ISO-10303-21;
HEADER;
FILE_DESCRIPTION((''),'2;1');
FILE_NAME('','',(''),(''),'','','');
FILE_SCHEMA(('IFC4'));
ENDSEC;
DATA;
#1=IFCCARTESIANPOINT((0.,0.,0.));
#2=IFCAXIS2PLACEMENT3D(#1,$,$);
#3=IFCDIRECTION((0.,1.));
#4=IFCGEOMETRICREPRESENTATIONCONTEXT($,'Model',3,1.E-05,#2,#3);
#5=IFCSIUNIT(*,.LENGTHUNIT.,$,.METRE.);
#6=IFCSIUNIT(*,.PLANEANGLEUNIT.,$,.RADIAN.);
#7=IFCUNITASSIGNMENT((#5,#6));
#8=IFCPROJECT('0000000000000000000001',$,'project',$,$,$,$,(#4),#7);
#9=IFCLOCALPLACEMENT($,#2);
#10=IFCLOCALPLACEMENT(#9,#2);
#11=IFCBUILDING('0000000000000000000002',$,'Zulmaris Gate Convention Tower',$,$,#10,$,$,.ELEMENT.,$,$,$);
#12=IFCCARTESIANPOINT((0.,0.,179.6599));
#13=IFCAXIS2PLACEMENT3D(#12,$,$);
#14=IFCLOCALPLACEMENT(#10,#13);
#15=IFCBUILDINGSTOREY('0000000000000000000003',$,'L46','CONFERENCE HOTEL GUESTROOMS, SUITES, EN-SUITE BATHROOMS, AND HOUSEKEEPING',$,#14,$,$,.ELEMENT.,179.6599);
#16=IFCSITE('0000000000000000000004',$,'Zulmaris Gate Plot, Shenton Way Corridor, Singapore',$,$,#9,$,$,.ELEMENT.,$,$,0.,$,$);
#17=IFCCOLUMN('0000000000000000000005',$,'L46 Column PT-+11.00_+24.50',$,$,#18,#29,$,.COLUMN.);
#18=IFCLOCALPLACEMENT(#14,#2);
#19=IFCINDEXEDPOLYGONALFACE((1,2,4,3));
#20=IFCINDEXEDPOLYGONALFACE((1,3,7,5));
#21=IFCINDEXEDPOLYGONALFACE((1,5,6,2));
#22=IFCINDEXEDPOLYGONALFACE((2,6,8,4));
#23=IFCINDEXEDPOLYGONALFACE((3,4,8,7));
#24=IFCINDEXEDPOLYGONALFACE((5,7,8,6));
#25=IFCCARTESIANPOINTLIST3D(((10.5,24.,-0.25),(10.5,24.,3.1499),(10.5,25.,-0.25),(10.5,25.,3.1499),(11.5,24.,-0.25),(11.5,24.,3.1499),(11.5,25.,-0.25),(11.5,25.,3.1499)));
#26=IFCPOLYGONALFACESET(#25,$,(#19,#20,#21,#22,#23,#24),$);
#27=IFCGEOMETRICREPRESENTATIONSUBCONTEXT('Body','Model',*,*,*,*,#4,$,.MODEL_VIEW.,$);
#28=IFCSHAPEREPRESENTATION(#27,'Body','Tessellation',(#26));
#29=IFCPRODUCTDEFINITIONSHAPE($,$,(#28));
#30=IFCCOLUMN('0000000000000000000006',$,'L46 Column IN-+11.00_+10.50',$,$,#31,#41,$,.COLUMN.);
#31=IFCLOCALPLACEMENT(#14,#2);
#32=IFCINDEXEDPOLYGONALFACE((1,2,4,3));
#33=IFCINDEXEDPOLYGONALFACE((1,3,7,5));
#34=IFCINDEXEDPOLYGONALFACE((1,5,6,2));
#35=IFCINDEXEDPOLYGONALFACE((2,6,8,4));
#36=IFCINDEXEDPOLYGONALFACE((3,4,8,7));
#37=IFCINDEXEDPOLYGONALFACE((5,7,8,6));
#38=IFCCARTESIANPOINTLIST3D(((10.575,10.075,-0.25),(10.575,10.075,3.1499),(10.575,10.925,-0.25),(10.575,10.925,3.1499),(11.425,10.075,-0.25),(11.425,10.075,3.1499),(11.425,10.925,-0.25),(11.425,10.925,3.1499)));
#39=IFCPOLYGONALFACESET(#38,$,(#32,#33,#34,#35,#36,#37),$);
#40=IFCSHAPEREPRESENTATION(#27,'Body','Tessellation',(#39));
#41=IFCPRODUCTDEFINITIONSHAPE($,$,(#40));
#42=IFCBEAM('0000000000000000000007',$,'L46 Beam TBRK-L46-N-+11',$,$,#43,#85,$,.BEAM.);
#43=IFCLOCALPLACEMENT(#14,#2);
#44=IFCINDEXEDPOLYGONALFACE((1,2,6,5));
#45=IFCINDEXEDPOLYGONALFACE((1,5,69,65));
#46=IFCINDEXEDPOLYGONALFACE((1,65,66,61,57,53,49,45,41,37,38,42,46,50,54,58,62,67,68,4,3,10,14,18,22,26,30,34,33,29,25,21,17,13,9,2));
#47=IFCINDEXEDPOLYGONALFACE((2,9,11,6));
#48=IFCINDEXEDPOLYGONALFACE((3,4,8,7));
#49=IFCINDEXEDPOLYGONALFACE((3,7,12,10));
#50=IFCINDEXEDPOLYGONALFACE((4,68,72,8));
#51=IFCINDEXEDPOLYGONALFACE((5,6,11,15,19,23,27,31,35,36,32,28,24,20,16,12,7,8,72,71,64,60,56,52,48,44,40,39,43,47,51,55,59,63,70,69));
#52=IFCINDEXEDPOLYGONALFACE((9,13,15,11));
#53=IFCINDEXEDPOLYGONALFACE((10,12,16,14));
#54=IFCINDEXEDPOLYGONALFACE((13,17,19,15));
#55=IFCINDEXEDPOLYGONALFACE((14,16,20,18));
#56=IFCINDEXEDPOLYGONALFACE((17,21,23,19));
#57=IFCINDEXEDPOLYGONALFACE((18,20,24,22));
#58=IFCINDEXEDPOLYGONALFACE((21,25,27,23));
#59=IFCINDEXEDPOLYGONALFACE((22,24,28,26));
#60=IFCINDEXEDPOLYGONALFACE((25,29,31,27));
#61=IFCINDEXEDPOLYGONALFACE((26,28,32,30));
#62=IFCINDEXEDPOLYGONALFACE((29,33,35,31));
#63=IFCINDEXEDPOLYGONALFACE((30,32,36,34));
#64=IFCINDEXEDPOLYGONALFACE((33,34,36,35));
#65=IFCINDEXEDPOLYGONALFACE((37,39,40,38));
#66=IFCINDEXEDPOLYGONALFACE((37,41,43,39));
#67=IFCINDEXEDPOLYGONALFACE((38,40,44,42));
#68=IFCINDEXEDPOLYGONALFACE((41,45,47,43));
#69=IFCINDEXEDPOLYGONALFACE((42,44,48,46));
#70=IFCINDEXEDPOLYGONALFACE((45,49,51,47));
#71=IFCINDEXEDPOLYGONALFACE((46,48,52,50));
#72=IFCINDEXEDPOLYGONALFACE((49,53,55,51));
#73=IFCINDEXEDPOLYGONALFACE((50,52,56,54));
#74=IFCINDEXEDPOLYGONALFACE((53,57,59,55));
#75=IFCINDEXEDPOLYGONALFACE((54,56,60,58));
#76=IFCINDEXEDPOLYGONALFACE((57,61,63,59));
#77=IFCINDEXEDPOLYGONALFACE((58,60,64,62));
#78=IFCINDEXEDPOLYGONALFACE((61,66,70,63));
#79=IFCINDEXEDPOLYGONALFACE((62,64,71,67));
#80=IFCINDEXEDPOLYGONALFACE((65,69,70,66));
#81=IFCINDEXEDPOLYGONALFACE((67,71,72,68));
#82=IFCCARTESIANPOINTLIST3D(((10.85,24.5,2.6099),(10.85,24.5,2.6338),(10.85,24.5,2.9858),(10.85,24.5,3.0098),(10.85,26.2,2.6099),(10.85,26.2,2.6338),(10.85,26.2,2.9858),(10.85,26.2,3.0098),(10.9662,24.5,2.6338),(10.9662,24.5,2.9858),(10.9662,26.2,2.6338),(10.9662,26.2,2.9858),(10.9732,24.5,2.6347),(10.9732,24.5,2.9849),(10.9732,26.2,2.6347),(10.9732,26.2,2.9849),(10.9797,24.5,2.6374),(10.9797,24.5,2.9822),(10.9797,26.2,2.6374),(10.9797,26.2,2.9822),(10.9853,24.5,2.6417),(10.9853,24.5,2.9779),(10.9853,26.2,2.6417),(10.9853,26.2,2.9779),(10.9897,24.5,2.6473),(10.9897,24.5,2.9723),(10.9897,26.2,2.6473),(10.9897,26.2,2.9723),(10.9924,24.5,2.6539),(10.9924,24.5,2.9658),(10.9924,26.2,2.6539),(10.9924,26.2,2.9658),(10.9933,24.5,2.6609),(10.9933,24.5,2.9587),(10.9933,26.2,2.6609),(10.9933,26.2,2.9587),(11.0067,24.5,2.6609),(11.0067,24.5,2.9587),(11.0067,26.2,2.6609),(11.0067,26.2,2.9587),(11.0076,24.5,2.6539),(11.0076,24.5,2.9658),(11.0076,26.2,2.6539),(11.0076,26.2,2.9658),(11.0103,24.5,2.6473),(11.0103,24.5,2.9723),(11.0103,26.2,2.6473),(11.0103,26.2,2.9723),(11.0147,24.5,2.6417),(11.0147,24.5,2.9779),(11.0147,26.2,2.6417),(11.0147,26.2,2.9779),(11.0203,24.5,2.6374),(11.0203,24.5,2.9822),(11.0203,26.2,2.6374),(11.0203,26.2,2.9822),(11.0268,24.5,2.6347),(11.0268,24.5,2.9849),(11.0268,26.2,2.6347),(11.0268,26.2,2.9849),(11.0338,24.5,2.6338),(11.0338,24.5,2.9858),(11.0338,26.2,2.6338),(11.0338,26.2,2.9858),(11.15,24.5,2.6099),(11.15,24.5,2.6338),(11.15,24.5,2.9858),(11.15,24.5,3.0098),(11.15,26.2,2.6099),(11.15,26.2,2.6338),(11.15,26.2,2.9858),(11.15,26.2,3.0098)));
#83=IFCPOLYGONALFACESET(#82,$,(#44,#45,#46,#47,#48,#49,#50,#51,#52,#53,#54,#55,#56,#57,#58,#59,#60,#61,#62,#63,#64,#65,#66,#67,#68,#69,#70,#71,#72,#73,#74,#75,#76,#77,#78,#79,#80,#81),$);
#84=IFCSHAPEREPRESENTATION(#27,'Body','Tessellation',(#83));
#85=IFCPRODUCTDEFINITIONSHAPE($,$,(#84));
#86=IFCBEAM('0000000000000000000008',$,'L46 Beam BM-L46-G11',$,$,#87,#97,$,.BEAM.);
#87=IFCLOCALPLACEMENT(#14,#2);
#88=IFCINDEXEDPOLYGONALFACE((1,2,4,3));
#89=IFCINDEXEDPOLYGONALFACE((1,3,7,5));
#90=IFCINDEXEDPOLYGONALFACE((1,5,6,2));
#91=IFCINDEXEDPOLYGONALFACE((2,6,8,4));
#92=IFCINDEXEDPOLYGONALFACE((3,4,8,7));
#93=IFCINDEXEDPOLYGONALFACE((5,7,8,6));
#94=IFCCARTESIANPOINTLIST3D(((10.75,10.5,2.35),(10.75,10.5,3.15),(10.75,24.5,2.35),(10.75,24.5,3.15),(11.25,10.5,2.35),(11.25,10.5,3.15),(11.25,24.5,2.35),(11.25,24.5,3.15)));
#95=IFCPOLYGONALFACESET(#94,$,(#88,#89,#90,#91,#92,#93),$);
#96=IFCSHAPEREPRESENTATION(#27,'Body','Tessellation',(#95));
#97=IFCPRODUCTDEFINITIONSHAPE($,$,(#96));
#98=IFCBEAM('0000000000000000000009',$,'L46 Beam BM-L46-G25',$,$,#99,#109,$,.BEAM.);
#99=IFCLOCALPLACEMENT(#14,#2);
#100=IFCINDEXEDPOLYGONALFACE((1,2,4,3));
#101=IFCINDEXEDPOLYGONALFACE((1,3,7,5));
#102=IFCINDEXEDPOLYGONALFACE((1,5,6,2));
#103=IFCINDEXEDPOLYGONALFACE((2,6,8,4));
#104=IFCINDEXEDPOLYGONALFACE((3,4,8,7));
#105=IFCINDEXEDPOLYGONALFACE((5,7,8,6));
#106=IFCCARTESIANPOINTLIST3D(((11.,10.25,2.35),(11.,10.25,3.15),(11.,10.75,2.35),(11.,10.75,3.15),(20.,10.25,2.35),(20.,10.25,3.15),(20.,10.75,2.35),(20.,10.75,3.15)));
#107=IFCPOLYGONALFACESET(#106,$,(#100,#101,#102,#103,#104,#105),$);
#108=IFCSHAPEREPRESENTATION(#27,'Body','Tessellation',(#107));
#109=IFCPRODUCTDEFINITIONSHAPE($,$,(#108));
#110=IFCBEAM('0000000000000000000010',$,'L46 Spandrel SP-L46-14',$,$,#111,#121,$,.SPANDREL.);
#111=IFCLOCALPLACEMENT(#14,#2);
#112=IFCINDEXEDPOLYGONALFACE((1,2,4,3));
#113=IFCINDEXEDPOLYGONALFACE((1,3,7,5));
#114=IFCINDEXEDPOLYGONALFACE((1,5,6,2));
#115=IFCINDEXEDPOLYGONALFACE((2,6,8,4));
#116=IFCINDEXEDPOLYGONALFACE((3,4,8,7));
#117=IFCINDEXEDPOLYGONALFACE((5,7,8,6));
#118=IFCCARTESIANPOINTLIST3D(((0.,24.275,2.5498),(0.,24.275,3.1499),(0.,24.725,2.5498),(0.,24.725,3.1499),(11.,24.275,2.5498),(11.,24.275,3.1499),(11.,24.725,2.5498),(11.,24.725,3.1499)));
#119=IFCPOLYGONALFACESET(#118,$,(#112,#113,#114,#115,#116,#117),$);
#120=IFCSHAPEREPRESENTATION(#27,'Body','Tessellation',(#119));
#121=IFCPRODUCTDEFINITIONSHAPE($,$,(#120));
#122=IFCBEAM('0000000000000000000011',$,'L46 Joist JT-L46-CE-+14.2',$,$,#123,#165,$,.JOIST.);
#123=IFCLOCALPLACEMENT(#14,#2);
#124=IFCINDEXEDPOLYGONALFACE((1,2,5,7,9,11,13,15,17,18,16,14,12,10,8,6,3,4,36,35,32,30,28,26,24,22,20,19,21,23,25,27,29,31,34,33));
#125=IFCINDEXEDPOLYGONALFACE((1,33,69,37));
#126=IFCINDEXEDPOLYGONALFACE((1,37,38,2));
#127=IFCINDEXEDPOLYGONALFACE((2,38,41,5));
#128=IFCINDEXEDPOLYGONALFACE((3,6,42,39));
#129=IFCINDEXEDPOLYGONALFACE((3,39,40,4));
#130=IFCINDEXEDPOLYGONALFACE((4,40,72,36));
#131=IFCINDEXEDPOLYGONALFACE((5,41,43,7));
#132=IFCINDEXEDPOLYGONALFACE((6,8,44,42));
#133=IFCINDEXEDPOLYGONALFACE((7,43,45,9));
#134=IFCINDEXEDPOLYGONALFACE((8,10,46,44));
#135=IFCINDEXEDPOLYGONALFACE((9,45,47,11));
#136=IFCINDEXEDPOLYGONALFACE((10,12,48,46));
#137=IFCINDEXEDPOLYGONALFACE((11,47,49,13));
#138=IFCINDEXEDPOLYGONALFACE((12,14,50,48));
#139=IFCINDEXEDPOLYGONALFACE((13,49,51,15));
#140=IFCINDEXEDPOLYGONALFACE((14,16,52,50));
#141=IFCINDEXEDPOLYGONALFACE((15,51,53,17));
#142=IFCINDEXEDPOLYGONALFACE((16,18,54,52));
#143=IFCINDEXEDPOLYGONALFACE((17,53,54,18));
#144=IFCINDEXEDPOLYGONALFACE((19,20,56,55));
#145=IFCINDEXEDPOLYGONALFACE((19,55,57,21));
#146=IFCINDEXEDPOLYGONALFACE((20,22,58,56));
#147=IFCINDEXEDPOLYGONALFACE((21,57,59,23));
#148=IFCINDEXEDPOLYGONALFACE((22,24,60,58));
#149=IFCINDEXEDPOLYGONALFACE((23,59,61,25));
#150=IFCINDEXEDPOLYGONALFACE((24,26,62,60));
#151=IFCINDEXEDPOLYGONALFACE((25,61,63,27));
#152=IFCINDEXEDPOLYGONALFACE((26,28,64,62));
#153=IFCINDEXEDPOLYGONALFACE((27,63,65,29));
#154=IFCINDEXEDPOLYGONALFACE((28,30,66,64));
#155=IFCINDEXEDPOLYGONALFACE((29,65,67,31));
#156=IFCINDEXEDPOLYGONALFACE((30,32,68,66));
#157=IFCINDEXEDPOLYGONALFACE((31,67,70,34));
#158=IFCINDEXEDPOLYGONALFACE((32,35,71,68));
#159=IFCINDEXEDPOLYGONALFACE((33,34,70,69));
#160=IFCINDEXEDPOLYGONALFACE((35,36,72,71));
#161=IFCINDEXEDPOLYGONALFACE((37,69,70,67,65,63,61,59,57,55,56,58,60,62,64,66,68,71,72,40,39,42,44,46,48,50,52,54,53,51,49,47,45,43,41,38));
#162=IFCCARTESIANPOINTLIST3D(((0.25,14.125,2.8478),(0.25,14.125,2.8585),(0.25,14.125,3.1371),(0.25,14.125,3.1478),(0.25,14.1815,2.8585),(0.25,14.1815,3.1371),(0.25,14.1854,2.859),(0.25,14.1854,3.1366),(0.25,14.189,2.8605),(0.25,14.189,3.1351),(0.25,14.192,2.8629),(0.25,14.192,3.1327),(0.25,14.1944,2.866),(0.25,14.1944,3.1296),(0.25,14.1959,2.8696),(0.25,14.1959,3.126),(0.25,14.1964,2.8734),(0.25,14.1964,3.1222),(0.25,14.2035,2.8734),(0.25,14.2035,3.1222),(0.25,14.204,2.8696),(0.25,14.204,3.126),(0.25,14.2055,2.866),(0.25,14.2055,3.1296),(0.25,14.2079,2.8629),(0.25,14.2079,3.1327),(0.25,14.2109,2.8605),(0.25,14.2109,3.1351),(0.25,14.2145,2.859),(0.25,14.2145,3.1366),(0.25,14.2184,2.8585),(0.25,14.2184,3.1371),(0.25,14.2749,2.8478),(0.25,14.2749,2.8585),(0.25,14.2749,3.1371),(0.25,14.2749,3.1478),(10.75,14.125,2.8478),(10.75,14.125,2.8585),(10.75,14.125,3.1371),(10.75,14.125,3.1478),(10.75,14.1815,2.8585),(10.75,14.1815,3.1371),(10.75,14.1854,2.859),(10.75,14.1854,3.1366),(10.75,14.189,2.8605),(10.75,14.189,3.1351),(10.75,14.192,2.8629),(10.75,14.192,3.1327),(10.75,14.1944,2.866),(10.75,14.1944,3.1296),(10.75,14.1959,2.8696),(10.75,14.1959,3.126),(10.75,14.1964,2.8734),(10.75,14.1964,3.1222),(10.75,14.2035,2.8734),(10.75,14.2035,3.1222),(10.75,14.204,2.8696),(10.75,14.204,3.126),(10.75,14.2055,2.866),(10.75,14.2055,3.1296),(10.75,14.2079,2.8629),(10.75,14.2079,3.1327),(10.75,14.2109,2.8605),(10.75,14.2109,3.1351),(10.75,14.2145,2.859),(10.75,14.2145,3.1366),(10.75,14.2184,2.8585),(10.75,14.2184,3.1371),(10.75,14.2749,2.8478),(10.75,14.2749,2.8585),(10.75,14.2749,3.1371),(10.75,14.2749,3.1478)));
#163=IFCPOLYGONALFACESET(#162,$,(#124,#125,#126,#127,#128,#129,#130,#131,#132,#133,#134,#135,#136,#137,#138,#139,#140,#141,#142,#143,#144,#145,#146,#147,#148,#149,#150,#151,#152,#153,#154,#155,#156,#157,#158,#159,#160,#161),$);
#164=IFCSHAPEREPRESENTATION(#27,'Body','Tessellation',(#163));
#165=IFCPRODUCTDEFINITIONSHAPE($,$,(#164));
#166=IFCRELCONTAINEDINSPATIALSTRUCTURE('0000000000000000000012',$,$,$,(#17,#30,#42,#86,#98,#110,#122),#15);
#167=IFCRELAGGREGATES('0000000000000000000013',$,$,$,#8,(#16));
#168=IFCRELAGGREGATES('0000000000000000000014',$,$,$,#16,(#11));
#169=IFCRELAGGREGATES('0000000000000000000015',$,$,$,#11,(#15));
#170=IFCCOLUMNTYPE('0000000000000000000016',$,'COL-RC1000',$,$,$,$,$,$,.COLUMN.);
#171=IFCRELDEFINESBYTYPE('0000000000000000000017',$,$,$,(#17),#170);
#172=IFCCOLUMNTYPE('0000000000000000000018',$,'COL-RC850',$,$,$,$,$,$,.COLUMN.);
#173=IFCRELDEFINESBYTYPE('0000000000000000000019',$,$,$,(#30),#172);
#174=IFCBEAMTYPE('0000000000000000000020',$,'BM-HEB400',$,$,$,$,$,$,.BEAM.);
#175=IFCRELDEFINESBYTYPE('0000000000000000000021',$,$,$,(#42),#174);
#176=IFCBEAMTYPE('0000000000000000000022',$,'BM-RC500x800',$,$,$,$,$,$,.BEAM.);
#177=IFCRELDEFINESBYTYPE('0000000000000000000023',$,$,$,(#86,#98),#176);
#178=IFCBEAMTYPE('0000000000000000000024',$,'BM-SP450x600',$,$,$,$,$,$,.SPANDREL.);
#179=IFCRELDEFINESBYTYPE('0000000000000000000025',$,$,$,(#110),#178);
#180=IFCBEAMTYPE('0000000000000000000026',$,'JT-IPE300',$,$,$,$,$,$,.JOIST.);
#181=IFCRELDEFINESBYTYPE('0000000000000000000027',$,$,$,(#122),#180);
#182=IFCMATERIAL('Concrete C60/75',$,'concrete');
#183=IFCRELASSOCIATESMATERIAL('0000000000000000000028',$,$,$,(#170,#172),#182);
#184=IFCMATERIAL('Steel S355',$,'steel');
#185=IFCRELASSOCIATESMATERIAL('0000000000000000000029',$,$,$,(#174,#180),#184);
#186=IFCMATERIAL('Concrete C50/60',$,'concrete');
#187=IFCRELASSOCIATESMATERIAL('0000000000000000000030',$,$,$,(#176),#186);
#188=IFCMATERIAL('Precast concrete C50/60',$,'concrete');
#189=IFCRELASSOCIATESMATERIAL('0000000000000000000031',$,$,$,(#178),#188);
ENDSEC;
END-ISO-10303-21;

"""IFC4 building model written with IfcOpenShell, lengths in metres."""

from ifc_helpers import new_model, si_unit, direction, frame, origin, origin_2d, place, context, subcontext, project, spatial, rectangle, i_section, extrude, material, material_profile, profile_set, type_object, element, save


model = new_model("IFC4")

# Units and contexts
model_context = context("Model", 3, precision=1e-05, world=origin(), true_north=direction((0.0, 1.0)))
body_context = subcontext(model_context, "Body", "Model", "MODEL_VIEW")
ifc_project = project(units=[si_unit("LENGTHUNIT", "METRE"), si_unit("PLANEANGLEUNIT", "RADIAN")], contexts=[model_context])

# Site, building, storey
site_placement = place(None, origin())
site = spatial("IfcSite", under=ifc_project, at=site_placement, Name="Zulmaris Gate Plot, Shenton Way Corridor, Singapore", CompositionType="ELEMENT", RefElevation=0.0)
building_placement = place(site_placement, origin())
building = spatial("IfcBuilding", under=site, at=building_placement, Name="Zulmaris Gate Convention Tower", CompositionType="ELEMENT")
storey_placement = place(building_placement, frame((0.0, 0.0, 179.6599)))
storey = spatial("IfcBuildingStorey", under=building, at=storey_placement, Name="L46", Description="CONFERENCE HOTEL GUESTROOMS, SUITES, EN-SUITE BATHROOMS, AND HOUSEKEEPING", CompositionType="ELEMENT", Elevation=179.6599)

# Columns
ifc_material_1 = material(Name="Concrete C60/75", Category="concrete")
ifc_material_profile_1 = material_profile(ifc_material_1, rectangle(XDim=1.0, YDim=1.0, at=origin_2d()), Name="RC COL 1000x1000")
ifc_profile_set_1 = profile_set([ifc_material_profile_1], Name="Concrete C60/75")
column_type_1 = type_object("IfcColumnType", Name="COL-RC1000", PredefinedType="COLUMN", material=ifc_profile_set_1)
column_1_placement = place(storey_placement, frame((11.0, 24.5, -0.25), z_axis=(0.0, 0.0, 1.0), x_axis=(1.0, 0.0, 0.0)))
element("IfcColumn", 1, at=column_1_placement, inside=storey, type_object=column_type_1, Name="L46 Column PT-+11.00_+24.50", PredefinedType="COLUMN", context=body_context, shape_type="SweptSolid", body=[
    extrude(rectangle(XDim=1.0, YDim=1.0, at=origin_2d()), origin(), (0.0, 0.0, 1.0), 3.3999),
])
ifc_material_profile_2 = material_profile(ifc_material_1, rectangle(XDim=0.8501, YDim=0.8501, at=origin_2d()), Name="RC COL 850x850")
ifc_profile_set_2 = profile_set([ifc_material_profile_2], Name="Concrete C60/75")
column_type_2 = type_object("IfcColumnType", Name="COL-RC850", PredefinedType="COLUMN", material=ifc_profile_set_2)
column_2_placement = place(storey_placement, frame((11.0, 10.5, -0.25), z_axis=(0.0, 0.0, 1.0), x_axis=(1.0, 0.0, 0.0)))
element("IfcColumn", 2, at=column_2_placement, inside=storey, type_object=column_type_2, Name="L46 Column IN-+11.00_+10.50", PredefinedType="COLUMN", context=body_context, shape_type="SweptSolid", body=[
    extrude(rectangle(XDim=0.8501, YDim=0.8501, at=origin_2d()), origin(), (0.0, 0.0, 1.0), 3.3999),
])

# Beams
ifc_material_2 = material(Name="Steel S355", Category="steel")
ifc_material_profile_3 = material_profile(ifc_material_2, i_section(OverallWidth=0.3, OverallDepth=0.3999, WebThickness=0.0134, FlangeThickness=0.0239, FilletRadius=0.0271, at=origin_2d()), Name="HEB 400")
ifc_profile_set_3 = profile_set([ifc_material_profile_3], Name="Steel S355")
beam_type_1 = type_object("IfcBeamType", Name="BM-HEB400", PredefinedType="BEAM", material=ifc_profile_set_3)
beam_1_placement = place(storey_placement, frame((11.0, 24.5, 2.8098), z_axis=(0.0, 1.0, 0.0), x_axis=(-1.0, 0.0, 0.0)))
element("IfcBeam", 3, at=beam_1_placement, inside=storey, type_object=beam_type_1, Name="L46 Beam TBRK-L46-N-+11", PredefinedType="BEAM", context=body_context, shape_type="SweptSolid", body=[
    extrude(i_section(OverallWidth=0.3, OverallDepth=0.3999, WebThickness=0.0134, FlangeThickness=0.0239, FilletRadius=0.0271, at=origin_2d()), origin(), (0.0, 0.0, 1.0), 1.7),
])
ifc_material_3 = material(Name="Concrete C50/60", Category="concrete")
ifc_material_profile_4 = material_profile(ifc_material_3, rectangle(XDim=0.5, YDim=0.8, at=origin_2d()), Name="RC BEAM 500x800")
ifc_profile_set_4 = profile_set([ifc_material_profile_4], Name="Concrete C50/60")
beam_type_2 = type_object("IfcBeamType", Name="BM-RC500x800", PredefinedType="BEAM", material=ifc_profile_set_4)
beam_2_placement = place(storey_placement, frame((11.0, 10.5, 2.75), z_axis=(0.0, 1.0, 0.0), x_axis=(-1.0, 0.0, 0.0)))
element("IfcBeam", 4, at=beam_2_placement, inside=storey, type_object=beam_type_2, Name="L46 Beam BM-L46-G11", PredefinedType="BEAM", context=body_context, shape_type="SweptSolid", body=[
    extrude(rectangle(XDim=0.5, YDim=0.8, at=origin_2d()), origin(), (0.0, 0.0, 1.0), 14.0),
])
beam_3_placement = place(storey_placement, frame((11.0, 10.5, 2.75), z_axis=(1.0, 0.0, 0.0), x_axis=(0.0, 1.0, 0.0)))
element("IfcBeam", 5, at=beam_3_placement, inside=storey, type_object=beam_type_2, Name="L46 Beam BM-L46-G25", PredefinedType="BEAM", context=body_context, shape_type="SweptSolid", body=[
    extrude(rectangle(XDim=0.5, YDim=0.8, at=origin_2d()), origin(), (0.0, 0.0, 1.0), 9.0),
])
ifc_material_4 = material(Name="Precast concrete C50/60", Category="concrete")
ifc_material_profile_5 = material_profile(ifc_material_4, rectangle(XDim=0.45, YDim=0.6001, at=origin_2d()), Name="RC SPANDREL 450x600")
ifc_profile_set_5 = profile_set([ifc_material_profile_5], Name="Precast concrete C50/60")
beam_type_3 = type_object("IfcBeamType", Name="BM-SP450x600", PredefinedType="SPANDREL", material=ifc_profile_set_5)
beam_4_placement = place(storey_placement, frame((11.0, 24.5, 2.8499), z_axis=(-1.0, 0.0, 0.0), x_axis=(0.0, -1.0, 0.0)))
element("IfcBeam", 6, at=beam_4_placement, inside=storey, type_object=beam_type_3, Name="L46 Spandrel SP-L46-14", PredefinedType="SPANDREL", context=body_context, shape_type="SweptSolid", body=[
    extrude(rectangle(XDim=0.45, YDim=0.6001, at=origin_2d()), origin(), (0.0, 0.0, 1.0), 11.0),
])
ifc_material_profile_6 = material_profile(ifc_material_2, i_section(OverallWidth=0.1499, OverallDepth=0.3, WebThickness=0.0071, FlangeThickness=0.0107, FilletRadius=0.0149, at=origin_2d()), Name="IPE 300")
ifc_profile_set_6 = profile_set([ifc_material_profile_6], Name="Steel S355")
beam_type_4 = type_object("IfcBeamType", Name="JT-IPE300", PredefinedType="JOIST", material=ifc_profile_set_6)
for number, where, z_axis, x_axis, name in (
    (7, (0.25, 14.2, 2.9978), (1.0, 0.0, 0.0), (0.0, 1.0, 0.0), "L46 Joist JT-L46-CE-+14.2"),
):
    element("IfcBeam", number, at=place(storey_placement, frame(where, z_axis=z_axis, x_axis=x_axis)), inside=storey, type_object=beam_type_4, Name=name, PredefinedType="JOIST", context=body_context, shape_type="SweptSolid", body=[
        extrude(i_section(OverallWidth=0.1499, OverallDepth=0.3, WebThickness=0.0071, FlangeThickness=0.0107, FilletRadius=0.0149, at=origin_2d()), origin(), (0.0, 0.0, 1.0), 10.5),
    ])

save(model, "model.ifc")
